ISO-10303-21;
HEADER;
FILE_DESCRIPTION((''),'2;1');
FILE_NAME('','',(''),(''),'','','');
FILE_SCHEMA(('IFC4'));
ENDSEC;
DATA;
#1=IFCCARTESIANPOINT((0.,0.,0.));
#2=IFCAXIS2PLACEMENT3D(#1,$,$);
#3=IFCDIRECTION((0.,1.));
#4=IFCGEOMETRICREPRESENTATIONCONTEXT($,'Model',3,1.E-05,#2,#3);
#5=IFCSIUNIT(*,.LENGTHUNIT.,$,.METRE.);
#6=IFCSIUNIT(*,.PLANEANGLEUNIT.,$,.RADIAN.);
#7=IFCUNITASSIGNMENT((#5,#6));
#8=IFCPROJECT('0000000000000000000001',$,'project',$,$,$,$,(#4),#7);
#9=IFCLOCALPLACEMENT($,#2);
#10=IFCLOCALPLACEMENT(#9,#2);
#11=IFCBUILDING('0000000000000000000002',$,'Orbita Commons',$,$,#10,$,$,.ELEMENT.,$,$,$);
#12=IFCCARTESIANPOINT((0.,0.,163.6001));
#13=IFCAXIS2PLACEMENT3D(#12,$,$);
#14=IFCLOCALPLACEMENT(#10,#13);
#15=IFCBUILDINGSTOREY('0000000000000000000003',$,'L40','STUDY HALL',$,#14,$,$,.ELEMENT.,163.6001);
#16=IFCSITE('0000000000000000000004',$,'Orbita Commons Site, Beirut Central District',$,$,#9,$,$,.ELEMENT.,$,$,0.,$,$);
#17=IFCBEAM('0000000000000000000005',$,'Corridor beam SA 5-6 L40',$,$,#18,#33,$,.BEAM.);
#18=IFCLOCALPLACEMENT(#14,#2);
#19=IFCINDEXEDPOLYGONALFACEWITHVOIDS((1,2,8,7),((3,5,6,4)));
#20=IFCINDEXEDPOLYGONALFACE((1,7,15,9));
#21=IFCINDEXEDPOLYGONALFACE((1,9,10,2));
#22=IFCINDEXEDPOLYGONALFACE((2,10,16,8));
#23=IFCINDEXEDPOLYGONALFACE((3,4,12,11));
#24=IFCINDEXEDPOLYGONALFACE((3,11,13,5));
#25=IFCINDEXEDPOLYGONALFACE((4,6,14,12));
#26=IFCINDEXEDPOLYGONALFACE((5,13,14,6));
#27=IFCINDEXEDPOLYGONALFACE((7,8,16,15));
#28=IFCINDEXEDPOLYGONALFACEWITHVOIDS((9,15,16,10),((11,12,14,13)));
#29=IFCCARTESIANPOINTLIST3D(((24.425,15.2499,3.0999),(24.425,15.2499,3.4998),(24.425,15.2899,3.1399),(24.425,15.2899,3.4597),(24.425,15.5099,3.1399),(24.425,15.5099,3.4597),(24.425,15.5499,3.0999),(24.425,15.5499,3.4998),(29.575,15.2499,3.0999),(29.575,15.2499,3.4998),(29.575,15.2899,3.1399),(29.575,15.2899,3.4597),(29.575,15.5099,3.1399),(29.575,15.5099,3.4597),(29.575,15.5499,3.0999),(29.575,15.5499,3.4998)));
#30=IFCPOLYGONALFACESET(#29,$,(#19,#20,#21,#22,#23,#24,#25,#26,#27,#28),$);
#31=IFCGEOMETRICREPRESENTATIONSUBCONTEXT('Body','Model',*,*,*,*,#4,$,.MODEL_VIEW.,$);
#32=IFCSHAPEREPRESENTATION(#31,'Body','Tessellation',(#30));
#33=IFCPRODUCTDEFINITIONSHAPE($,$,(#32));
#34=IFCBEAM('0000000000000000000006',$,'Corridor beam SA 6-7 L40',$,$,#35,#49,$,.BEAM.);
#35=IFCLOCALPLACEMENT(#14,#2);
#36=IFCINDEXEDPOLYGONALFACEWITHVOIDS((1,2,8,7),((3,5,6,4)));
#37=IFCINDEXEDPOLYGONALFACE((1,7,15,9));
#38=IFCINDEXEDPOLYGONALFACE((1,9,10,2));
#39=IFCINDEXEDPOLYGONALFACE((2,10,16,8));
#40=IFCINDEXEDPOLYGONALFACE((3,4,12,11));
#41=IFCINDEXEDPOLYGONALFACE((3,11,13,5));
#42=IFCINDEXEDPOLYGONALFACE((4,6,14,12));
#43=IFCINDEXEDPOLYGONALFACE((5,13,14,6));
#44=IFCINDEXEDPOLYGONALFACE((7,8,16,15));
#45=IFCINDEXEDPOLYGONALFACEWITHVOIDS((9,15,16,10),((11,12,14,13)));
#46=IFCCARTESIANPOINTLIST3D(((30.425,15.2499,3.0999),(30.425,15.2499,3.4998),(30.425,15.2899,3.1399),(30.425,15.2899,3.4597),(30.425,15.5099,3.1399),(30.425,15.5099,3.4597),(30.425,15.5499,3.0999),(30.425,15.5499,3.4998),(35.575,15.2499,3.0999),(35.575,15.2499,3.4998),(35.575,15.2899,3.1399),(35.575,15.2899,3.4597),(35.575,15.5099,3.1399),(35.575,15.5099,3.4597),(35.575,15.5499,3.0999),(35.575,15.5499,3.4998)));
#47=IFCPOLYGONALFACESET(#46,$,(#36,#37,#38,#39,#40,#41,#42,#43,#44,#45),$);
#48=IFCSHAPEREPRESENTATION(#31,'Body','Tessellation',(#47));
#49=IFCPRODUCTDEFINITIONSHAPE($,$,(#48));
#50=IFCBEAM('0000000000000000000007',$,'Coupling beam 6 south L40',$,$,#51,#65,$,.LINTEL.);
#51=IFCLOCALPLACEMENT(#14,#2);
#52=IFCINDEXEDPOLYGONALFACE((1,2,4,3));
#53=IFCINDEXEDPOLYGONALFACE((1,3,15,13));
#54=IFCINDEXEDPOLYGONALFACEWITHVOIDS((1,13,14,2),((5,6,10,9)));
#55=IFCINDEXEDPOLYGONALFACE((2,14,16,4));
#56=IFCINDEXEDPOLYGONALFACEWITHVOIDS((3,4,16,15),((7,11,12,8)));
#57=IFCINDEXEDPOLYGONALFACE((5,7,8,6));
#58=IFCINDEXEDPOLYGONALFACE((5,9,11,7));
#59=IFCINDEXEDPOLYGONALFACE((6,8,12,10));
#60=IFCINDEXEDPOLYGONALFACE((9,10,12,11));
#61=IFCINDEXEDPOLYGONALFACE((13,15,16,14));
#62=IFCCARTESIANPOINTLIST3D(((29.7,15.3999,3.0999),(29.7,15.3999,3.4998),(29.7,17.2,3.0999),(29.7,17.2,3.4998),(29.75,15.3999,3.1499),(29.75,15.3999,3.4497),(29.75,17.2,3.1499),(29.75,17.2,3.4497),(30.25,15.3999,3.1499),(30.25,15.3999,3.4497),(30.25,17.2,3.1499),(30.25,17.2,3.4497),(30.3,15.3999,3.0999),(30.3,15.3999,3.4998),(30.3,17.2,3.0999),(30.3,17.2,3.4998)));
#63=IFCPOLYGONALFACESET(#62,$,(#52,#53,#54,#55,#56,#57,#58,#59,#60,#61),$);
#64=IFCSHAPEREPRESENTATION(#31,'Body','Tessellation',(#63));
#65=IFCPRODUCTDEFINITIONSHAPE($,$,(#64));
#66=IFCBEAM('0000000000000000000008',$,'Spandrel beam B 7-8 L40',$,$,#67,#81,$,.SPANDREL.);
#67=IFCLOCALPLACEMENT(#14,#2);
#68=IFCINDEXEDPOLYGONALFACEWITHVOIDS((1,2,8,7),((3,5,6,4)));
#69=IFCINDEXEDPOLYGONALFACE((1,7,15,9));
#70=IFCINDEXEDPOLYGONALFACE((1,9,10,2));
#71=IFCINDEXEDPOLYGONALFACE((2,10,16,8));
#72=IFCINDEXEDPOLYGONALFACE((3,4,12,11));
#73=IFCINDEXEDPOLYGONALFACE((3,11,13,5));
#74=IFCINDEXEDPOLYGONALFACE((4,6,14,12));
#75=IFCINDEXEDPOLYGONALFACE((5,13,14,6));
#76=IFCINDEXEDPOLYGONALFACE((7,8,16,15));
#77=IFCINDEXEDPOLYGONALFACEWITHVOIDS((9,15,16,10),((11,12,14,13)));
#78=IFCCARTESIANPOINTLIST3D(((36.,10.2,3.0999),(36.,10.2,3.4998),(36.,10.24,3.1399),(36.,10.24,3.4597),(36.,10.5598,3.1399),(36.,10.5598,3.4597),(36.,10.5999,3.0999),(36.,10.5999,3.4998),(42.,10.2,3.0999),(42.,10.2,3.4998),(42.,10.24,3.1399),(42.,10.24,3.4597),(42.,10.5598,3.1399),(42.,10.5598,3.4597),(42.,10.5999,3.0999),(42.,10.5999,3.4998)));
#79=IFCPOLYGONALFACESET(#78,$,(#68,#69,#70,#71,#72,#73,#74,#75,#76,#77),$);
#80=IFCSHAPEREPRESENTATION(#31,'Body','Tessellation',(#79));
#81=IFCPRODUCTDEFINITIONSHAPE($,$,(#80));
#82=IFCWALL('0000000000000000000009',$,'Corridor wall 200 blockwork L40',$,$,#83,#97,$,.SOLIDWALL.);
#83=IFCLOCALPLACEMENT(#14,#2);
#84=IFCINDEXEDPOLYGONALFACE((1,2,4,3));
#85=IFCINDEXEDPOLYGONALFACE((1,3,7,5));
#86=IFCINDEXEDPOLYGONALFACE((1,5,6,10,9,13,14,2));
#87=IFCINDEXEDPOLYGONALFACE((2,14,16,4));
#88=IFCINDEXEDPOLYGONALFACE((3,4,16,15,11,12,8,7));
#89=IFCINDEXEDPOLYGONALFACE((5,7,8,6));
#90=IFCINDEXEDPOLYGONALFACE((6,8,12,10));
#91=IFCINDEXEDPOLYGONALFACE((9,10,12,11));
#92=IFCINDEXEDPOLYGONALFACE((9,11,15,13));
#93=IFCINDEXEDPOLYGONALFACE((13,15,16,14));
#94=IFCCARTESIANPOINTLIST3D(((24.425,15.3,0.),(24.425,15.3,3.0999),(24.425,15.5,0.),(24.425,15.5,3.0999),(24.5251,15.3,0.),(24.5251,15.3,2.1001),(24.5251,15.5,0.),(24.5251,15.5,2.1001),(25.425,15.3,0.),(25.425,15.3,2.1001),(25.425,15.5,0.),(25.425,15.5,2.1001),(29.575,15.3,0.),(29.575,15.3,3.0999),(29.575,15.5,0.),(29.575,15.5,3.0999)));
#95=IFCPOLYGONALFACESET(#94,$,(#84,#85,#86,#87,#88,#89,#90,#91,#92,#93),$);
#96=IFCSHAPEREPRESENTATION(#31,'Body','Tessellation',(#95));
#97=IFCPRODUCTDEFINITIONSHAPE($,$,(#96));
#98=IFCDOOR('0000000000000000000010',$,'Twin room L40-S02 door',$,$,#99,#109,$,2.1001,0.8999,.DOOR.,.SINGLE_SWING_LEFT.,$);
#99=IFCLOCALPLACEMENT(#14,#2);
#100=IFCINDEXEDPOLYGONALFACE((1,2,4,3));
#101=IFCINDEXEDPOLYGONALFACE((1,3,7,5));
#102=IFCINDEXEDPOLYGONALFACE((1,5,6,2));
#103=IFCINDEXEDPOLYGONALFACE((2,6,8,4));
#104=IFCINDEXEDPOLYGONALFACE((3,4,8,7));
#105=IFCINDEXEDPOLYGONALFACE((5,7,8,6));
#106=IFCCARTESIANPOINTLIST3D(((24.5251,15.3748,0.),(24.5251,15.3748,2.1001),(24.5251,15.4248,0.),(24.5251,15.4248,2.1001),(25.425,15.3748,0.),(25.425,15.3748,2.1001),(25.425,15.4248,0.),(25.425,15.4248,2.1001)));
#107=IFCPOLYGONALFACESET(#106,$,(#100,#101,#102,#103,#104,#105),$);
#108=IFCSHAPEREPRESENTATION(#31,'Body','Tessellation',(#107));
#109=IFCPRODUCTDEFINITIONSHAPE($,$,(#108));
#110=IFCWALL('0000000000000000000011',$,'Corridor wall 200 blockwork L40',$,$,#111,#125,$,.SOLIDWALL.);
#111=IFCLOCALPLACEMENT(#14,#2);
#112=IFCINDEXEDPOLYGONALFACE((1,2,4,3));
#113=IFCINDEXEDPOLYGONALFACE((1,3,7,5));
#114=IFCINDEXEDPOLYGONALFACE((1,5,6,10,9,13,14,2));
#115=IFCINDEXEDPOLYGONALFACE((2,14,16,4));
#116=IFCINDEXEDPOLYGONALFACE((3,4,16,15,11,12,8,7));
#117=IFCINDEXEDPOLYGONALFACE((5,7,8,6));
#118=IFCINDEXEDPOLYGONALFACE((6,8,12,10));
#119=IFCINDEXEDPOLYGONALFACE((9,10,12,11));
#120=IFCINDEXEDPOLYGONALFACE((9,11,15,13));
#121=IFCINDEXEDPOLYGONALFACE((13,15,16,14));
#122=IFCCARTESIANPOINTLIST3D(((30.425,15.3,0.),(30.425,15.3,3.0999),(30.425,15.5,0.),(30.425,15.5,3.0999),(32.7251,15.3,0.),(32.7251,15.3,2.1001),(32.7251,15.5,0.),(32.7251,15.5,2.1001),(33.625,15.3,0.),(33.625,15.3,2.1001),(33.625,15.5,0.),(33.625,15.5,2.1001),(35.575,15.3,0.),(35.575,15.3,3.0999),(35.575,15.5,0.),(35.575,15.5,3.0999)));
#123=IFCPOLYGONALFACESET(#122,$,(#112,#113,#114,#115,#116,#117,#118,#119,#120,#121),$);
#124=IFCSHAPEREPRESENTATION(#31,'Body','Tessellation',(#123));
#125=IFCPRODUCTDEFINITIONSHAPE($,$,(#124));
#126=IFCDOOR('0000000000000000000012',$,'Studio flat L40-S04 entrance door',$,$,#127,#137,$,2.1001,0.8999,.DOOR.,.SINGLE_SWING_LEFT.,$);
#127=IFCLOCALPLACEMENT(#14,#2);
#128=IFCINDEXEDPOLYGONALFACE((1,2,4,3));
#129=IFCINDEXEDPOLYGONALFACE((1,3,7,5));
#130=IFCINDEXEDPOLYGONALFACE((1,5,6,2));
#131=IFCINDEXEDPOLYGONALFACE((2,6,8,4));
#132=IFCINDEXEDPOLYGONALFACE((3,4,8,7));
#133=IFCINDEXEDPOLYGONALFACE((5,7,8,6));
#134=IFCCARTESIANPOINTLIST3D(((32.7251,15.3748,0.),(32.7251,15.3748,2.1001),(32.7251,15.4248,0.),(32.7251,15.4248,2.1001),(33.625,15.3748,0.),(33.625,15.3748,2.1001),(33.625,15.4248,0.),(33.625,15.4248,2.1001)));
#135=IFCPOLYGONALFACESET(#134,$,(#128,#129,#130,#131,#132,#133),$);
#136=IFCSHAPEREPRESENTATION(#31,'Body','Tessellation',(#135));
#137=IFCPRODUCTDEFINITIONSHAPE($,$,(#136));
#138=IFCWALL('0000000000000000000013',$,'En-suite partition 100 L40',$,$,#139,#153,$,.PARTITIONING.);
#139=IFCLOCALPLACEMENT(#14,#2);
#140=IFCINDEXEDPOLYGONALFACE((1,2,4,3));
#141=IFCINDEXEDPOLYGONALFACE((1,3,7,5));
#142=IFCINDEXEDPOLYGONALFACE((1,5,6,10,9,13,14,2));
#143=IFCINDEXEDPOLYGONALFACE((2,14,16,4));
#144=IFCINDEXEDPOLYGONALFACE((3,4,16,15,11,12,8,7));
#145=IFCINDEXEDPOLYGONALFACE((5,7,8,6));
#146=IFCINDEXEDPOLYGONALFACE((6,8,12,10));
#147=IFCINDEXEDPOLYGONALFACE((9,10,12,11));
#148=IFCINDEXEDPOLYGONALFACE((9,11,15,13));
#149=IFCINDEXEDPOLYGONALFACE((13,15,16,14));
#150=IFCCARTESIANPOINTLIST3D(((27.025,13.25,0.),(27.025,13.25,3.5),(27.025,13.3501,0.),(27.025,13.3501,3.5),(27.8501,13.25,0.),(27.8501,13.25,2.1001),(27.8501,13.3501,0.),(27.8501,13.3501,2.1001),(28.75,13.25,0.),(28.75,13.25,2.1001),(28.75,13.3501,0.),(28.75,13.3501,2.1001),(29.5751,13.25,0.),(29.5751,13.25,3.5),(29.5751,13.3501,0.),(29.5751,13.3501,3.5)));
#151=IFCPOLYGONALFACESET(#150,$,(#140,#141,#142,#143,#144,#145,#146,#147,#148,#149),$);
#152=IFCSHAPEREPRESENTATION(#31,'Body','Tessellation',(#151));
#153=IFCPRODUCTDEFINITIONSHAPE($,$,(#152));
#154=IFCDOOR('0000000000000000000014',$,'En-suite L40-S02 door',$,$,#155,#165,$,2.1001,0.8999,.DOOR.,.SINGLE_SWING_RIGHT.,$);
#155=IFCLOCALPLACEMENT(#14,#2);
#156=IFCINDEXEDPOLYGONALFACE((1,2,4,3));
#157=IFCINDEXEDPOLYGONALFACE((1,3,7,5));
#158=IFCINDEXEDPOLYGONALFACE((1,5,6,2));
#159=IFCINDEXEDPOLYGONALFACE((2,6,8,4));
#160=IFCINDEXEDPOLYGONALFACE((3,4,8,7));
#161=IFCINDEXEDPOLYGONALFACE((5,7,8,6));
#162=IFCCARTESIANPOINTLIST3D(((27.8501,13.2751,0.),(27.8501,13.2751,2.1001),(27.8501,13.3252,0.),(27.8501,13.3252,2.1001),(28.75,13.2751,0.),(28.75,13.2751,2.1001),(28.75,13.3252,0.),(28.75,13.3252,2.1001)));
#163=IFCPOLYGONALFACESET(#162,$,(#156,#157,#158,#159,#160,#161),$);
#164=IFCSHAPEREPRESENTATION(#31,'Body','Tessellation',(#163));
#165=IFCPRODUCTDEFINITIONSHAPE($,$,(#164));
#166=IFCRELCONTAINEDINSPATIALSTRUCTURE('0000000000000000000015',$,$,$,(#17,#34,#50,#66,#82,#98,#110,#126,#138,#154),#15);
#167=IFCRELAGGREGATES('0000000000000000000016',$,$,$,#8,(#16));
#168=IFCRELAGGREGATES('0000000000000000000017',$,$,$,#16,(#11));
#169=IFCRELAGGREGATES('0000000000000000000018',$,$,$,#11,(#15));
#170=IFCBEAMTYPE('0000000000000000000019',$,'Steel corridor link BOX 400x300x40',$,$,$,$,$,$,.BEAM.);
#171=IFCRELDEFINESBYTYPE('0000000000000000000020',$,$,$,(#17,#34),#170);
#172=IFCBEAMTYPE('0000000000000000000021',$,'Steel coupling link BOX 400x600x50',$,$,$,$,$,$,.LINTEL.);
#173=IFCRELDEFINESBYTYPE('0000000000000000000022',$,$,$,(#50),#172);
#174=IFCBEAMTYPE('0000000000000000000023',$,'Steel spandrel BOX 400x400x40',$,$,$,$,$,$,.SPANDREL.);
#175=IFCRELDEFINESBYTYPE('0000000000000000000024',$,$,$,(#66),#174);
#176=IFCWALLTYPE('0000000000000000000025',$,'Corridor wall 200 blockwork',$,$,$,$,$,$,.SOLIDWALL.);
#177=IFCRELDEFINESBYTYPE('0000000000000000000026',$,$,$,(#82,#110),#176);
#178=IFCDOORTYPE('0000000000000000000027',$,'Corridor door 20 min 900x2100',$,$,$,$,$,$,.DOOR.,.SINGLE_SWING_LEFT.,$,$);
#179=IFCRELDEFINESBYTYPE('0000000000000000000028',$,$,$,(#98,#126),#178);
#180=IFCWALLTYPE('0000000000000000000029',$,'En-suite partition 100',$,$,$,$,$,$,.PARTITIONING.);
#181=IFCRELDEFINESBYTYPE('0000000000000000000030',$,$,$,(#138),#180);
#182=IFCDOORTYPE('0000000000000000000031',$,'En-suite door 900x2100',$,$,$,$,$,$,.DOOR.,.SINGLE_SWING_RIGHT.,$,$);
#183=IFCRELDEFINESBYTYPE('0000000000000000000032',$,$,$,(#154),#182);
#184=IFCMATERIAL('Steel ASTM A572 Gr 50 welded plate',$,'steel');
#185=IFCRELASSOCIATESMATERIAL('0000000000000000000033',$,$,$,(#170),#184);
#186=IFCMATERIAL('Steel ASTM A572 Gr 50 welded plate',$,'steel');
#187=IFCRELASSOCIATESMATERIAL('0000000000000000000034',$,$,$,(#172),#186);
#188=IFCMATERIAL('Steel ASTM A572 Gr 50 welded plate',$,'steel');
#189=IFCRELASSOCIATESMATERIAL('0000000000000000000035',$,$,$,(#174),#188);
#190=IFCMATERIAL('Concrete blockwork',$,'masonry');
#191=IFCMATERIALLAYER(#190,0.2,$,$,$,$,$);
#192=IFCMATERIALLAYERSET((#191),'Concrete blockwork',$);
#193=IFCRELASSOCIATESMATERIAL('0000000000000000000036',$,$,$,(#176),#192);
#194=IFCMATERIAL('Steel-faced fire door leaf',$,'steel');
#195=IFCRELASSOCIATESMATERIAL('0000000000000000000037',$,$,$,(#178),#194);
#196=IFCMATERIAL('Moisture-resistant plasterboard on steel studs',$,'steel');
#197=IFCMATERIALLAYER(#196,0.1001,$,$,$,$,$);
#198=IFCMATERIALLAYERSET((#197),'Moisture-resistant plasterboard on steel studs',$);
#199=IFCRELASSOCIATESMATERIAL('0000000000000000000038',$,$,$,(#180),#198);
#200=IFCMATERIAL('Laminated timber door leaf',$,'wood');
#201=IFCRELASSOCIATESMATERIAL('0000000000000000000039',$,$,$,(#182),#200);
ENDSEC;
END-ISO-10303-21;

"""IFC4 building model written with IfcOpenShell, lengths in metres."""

from ifc_helpers import new_model, si_unit, direction, frame, frame_2d, origin, origin_2d, place, context, subcontext, project, spatial, polyline, rectangle, hollow_rectangle, outline, extrude, material, layer, layer_set, material_profile, profile_set, type_object, element, fill, save


model = new_model("IFC4")

# Units and contexts
model_context = context("Model", 3, precision=1e-05, world=origin(), true_north=direction((0.0, 1.0)))
body_context = subcontext(model_context, "Body", "Model", "MODEL_VIEW")
ifc_project = project(units=[si_unit("LENGTHUNIT", "METRE"), si_unit("PLANEANGLEUNIT", "RADIAN")], contexts=[model_context])

# Site, building, storey
site_placement = place(None, origin())
site = spatial("IfcSite", under=ifc_project, at=site_placement, Name="Orbita Commons Site, Beirut Central District", CompositionType="ELEMENT", RefElevation=0.0)
building_placement = place(site_placement, origin())
building = spatial("IfcBuilding", under=site, at=building_placement, Name="Orbita Commons", CompositionType="ELEMENT")
storey_placement = place(building_placement, frame((0.0, 0.0, 163.6001)))
storey = spatial("IfcBuildingStorey", under=building, at=storey_placement, Name="L40", Description="STUDY HALL", CompositionType="ELEMENT", Elevation=163.6001)

# Beams
ifc_material_1 = material(Name="Steel ASTM A572 Gr 50 welded plate", Category="steel")
ifc_material_profile_1 = material_profile(ifc_material_1, hollow_rectangle(XDim=0.3, YDim=0.3999, WallThickness=0.04, at=origin_2d()), Name="BOX 400x300x40")
ifc_profile_set_1 = profile_set([ifc_material_profile_1], Name="Steel ASTM A572 Gr 50 welded plate")
beam_type_1 = type_object("IfcBeamType", Name="Steel corridor link BOX 400x300x40", PredefinedType="BEAM", material=ifc_profile_set_1)
for number, where, z_axis, x_axis, name in (
    (1, (24.425, 15.3999, 3.2998), (1.0, 0.0, 0.0), (0.0, 1.0, 0.0), "Corridor beam SA 5-6 L40"),
    (2, (30.425, 15.3999, 3.2998), (1.0, 0.0, 0.0), (0.0, 1.0, 0.0), "Corridor beam SA 6-7 L40"),
):
    element("IfcBeam", number, at=place(storey_placement, frame(where, z_axis=z_axis, x_axis=x_axis)), inside=storey, type_object=beam_type_1, Name=name, PredefinedType="BEAM", context=body_context, shape_type="SweptSolid", body=[
        extrude(hollow_rectangle(XDim=0.3, YDim=0.3999, WallThickness=0.04, at=origin_2d()), origin(), (0.0, 0.0, 1.0), 5.1499),
    ])
ifc_material_2 = material(Name="Steel ASTM A572 Gr 50 welded plate", Category="steel")
ifc_material_profile_2 = material_profile(ifc_material_2, hollow_rectangle(XDim=0.6001, YDim=0.3999, WallThickness=0.05, at=origin_2d()), Name="BOX 400x600x50")
ifc_profile_set_2 = profile_set([ifc_material_profile_2], Name="Steel ASTM A572 Gr 50 welded plate")
beam_type_2 = type_object("IfcBeamType", Name="Steel coupling link BOX 400x600x50", PredefinedType="LINTEL", material=ifc_profile_set_2)
beam_1_placement = place(storey_placement, frame((30.0, 15.3999, 3.2998), z_axis=(0.0, 1.0, 0.0), x_axis=(-1.0, 0.0, 0.0)))
element("IfcBeam", 3, at=beam_1_placement, inside=storey, type_object=beam_type_2, Name="Coupling beam 6 south L40", PredefinedType="LINTEL", context=body_context, shape_type="SweptSolid", body=[
    extrude(hollow_rectangle(XDim=0.6001, YDim=0.3999, WallThickness=0.05, at=origin_2d()), origin(), (0.0, 0.0, 1.0), 1.8),
])
ifc_material_3 = material(Name="Steel ASTM A572 Gr 50 welded plate", Category="steel")
ifc_material_profile_3 = material_profile(ifc_material_3, hollow_rectangle(XDim=0.3999, YDim=0.3999, WallThickness=0.04, at=origin_2d()), Name="BOX 400x400x40")
ifc_profile_set_3 = profile_set([ifc_material_profile_3], Name="Steel ASTM A572 Gr 50 welded plate")
beam_type_3 = type_object("IfcBeamType", Name="Steel spandrel BOX 400x400x40", PredefinedType="SPANDREL", material=ifc_profile_set_3)
beam_2_placement = place(storey_placement, frame((36.0, 10.3999, 3.2998), z_axis=(1.0, 0.0, 0.0), x_axis=(0.0, 1.0, 0.0)))
element("IfcBeam", 4, at=beam_2_placement, inside=storey, type_object=beam_type_3, Name="Spandrel beam B 7-8 L40", PredefinedType="SPANDREL", context=body_context, shape_type="SweptSolid", body=[
    extrude(hollow_rectangle(XDim=0.3999, YDim=0.3999, WallThickness=0.04, at=origin_2d()), origin(), (0.0, 0.0, 1.0), 6.0),
])

# Walls, openings, doors
ifc_material_4 = material(Name="Concrete blockwork", Category="masonry")
ifc_layer_1 = layer(ifc_material_4, 0.2)
ifc_layer_set_1 = layer_set([ifc_layer_1], Name="Concrete blockwork")
wall_type_1 = type_object("IfcWallType", Name="Corridor wall 200 blockwork", PredefinedType="SOLIDWALL", material=ifc_layer_set_1)
wall_1_placement = place(storey_placement, frame((24.425, 15.3999, 0.0), z_axis=(0.0, 0.0, 1.0), x_axis=(1.0, 0.0, 0.0)))
wall_1 = element("IfcWall", 5, at=wall_1_placement, inside=storey, type_object=wall_type_1, Name="Corridor wall 200 blockwork L40", PredefinedType="SOLIDWALL", context=body_context, shape_type="SweptSolid", body=[
    extrude(outline(polyline([(0.0, 0.0), (5.1499, 0.0), (5.1499, 3.0999), (0.0, 3.0999), (0.0, 0.0)])), frame((0.0, 0.1001, 0.0), z_axis=(0.0, -1.0, 0.0), x_axis=(1.0, 0.0, 0.0)), (0.0, 0.0, 1.0), 0.2),
])
opening_1_placement = place(wall_1_placement, frame((0.1001, 0.0, 0.0)))
opening_1 = element("IfcOpeningElement", 6, at=opening_1_placement, cuts=wall_1, PredefinedType="OPENING", context=body_context, shape_type="SweptSolid", body=[
    extrude(rectangle(XDim=0.8999, YDim=2.1001, at=frame_2d((0.45, 1.05))), frame((0.0, 0.1099, 0.0), z_axis=(0.0, -1.0, 0.0), x_axis=(1.0, 0.0, 0.0)), (0.0, 0.0, 1.0), 0.22),
])
ifc_material_5 = material(Name="Steel-faced fire door leaf", Category="steel")
door_type_1 = type_object("IfcDoorType", Name="Corridor door 20 min 900x2100", OperationType="SINGLE_SWING_LEFT", PredefinedType="DOOR", material=ifc_material_5)
door_1_placement = place(opening_1_placement, origin())
door_1 = element("IfcDoor", 7, at=door_1_placement, inside=storey, type_object=door_type_1, Name="Twin room L40-S02 door", OperationType="SINGLE_SWING_LEFT", OverallHeight=2.1001, OverallWidth=0.8999, PredefinedType="DOOR", context=body_context, shape_type="SweptSolid", body=[
    extrude(rectangle(XDim=0.8999, YDim=2.1001, at=frame_2d((0.45, 1.05))), frame((0.0, 0.0249, 0.0), z_axis=(0.0, -1.0, 0.0), x_axis=(1.0, 0.0, 0.0)), (0.0, 0.0, 1.0), 0.05),
])
fill(opening_1, door_1)
wall_2_placement = place(storey_placement, frame((30.425, 15.3999, 0.0), z_axis=(0.0, 0.0, 1.0), x_axis=(1.0, 0.0, 0.0)))
wall_2 = element("IfcWall", 8, at=wall_2_placement, inside=storey, type_object=wall_type_1, Name="Corridor wall 200 blockwork L40", PredefinedType="SOLIDWALL", context=body_context, shape_type="SweptSolid", body=[
    extrude(outline(polyline([(0.0, 0.0), (5.1499, 0.0), (5.1499, 3.0999), (0.0, 3.0999), (0.0, 0.0)])), frame((0.0, 0.1001, 0.0), z_axis=(0.0, -1.0, 0.0), x_axis=(1.0, 0.0, 0.0)), (0.0, 0.0, 1.0), 0.2),
])
opening_2_placement = place(wall_2_placement, frame((2.3, 0.0, 0.0)))
opening_2 = element("IfcOpeningElement", 9, at=opening_2_placement, cuts=wall_2, PredefinedType="OPENING", context=body_context, shape_type="SweptSolid", body=[
    extrude(rectangle(XDim=0.8999, YDim=2.1001, at=frame_2d((0.45, 1.05))), frame((0.0, 0.1099, 0.0), z_axis=(0.0, -1.0, 0.0), x_axis=(1.0, 0.0, 0.0)), (0.0, 0.0, 1.0), 0.22),
])
door_2_placement = place(opening_2_placement, origin())
door_2 = element("IfcDoor", 10, at=door_2_placement, inside=storey, type_object=door_type_1, Name="Studio flat L40-S04 entrance door", OperationType="SINGLE_SWING_LEFT", OverallHeight=2.1001, OverallWidth=0.8999, PredefinedType="DOOR", context=body_context, shape_type="SweptSolid", body=[
    extrude(rectangle(XDim=0.8999, YDim=2.1001, at=frame_2d((0.45, 1.05))), frame((0.0, 0.0249, 0.0), z_axis=(0.0, -1.0, 0.0), x_axis=(1.0, 0.0, 0.0)), (0.0, 0.0, 1.0), 0.05),
])
fill(opening_2, door_2)
ifc_material_6 = material(Name="Moisture-resistant plasterboard on steel studs", Category="steel")
ifc_layer_2 = layer(ifc_material_6, 0.1001)
ifc_layer_set_2 = layer_set([ifc_layer_2], Name="Moisture-resistant plasterboard on steel studs")
wall_type_2 = type_object("IfcWallType", Name="En-suite partition 100", PredefinedType="PARTITIONING", material=ifc_layer_set_2)
wall_3_placement = place(storey_placement, frame((29.575, 13.3, 0.0), z_axis=(0.0, 0.0, 1.0), x_axis=(-1.0, 0.0, 0.0)))
wall_3 = element("IfcWall", 11, at=wall_3_placement, inside=storey, type_object=wall_type_2, Name="En-suite partition 100 L40", PredefinedType="PARTITIONING", context=body_context, shape_type="SweptSolid", body=[
    extrude(rectangle(XDim=2.55, YDim=0.1001, at=frame_2d((1.2749, 0.0))), origin(), (0.0, 0.0, 1.0), 3.5),
])
opening_3_placement = place(wall_3_placement, frame((0.825, 0.0, 0.0)))
opening_3 = element("IfcOpeningElement", 12, at=opening_3_placement, cuts=wall_3, PredefinedType="OPENING", context=body_context, shape_type="SweptSolid", body=[
    extrude(rectangle(XDim=0.8999, YDim=2.1001, at=frame_2d((0.45, 1.05))), frame((0.0, 0.0601, 0.0), z_axis=(0.0, -1.0, 0.0), x_axis=(1.0, 0.0, 0.0)), (0.0, 0.0, 1.0), 0.1201),
])
ifc_material_7 = material(Name="Laminated timber door leaf", Category="wood")
door_type_2 = type_object("IfcDoorType", Name="En-suite door 900x2100", OperationType="SINGLE_SWING_RIGHT", PredefinedType="DOOR", material=ifc_material_7)
door_3_placement = place(opening_3_placement, origin())
door_3 = element("IfcDoor", 13, at=door_3_placement, inside=storey, type_object=door_type_2, Name="En-suite L40-S02 door", OperationType="SINGLE_SWING_RIGHT", OverallHeight=2.1001, OverallWidth=0.8999, PredefinedType="DOOR", context=body_context, shape_type="SweptSolid", body=[
    extrude(rectangle(XDim=0.8999, YDim=2.1001, at=frame_2d((0.45, 1.05))), frame((0.0, 0.0249, 0.0), z_axis=(0.0, -1.0, 0.0), x_axis=(1.0, 0.0, 0.0)), (0.0, 0.0, 1.0), 0.05),
])
fill(opening_3, door_3)

save(model, "model.ifc")
